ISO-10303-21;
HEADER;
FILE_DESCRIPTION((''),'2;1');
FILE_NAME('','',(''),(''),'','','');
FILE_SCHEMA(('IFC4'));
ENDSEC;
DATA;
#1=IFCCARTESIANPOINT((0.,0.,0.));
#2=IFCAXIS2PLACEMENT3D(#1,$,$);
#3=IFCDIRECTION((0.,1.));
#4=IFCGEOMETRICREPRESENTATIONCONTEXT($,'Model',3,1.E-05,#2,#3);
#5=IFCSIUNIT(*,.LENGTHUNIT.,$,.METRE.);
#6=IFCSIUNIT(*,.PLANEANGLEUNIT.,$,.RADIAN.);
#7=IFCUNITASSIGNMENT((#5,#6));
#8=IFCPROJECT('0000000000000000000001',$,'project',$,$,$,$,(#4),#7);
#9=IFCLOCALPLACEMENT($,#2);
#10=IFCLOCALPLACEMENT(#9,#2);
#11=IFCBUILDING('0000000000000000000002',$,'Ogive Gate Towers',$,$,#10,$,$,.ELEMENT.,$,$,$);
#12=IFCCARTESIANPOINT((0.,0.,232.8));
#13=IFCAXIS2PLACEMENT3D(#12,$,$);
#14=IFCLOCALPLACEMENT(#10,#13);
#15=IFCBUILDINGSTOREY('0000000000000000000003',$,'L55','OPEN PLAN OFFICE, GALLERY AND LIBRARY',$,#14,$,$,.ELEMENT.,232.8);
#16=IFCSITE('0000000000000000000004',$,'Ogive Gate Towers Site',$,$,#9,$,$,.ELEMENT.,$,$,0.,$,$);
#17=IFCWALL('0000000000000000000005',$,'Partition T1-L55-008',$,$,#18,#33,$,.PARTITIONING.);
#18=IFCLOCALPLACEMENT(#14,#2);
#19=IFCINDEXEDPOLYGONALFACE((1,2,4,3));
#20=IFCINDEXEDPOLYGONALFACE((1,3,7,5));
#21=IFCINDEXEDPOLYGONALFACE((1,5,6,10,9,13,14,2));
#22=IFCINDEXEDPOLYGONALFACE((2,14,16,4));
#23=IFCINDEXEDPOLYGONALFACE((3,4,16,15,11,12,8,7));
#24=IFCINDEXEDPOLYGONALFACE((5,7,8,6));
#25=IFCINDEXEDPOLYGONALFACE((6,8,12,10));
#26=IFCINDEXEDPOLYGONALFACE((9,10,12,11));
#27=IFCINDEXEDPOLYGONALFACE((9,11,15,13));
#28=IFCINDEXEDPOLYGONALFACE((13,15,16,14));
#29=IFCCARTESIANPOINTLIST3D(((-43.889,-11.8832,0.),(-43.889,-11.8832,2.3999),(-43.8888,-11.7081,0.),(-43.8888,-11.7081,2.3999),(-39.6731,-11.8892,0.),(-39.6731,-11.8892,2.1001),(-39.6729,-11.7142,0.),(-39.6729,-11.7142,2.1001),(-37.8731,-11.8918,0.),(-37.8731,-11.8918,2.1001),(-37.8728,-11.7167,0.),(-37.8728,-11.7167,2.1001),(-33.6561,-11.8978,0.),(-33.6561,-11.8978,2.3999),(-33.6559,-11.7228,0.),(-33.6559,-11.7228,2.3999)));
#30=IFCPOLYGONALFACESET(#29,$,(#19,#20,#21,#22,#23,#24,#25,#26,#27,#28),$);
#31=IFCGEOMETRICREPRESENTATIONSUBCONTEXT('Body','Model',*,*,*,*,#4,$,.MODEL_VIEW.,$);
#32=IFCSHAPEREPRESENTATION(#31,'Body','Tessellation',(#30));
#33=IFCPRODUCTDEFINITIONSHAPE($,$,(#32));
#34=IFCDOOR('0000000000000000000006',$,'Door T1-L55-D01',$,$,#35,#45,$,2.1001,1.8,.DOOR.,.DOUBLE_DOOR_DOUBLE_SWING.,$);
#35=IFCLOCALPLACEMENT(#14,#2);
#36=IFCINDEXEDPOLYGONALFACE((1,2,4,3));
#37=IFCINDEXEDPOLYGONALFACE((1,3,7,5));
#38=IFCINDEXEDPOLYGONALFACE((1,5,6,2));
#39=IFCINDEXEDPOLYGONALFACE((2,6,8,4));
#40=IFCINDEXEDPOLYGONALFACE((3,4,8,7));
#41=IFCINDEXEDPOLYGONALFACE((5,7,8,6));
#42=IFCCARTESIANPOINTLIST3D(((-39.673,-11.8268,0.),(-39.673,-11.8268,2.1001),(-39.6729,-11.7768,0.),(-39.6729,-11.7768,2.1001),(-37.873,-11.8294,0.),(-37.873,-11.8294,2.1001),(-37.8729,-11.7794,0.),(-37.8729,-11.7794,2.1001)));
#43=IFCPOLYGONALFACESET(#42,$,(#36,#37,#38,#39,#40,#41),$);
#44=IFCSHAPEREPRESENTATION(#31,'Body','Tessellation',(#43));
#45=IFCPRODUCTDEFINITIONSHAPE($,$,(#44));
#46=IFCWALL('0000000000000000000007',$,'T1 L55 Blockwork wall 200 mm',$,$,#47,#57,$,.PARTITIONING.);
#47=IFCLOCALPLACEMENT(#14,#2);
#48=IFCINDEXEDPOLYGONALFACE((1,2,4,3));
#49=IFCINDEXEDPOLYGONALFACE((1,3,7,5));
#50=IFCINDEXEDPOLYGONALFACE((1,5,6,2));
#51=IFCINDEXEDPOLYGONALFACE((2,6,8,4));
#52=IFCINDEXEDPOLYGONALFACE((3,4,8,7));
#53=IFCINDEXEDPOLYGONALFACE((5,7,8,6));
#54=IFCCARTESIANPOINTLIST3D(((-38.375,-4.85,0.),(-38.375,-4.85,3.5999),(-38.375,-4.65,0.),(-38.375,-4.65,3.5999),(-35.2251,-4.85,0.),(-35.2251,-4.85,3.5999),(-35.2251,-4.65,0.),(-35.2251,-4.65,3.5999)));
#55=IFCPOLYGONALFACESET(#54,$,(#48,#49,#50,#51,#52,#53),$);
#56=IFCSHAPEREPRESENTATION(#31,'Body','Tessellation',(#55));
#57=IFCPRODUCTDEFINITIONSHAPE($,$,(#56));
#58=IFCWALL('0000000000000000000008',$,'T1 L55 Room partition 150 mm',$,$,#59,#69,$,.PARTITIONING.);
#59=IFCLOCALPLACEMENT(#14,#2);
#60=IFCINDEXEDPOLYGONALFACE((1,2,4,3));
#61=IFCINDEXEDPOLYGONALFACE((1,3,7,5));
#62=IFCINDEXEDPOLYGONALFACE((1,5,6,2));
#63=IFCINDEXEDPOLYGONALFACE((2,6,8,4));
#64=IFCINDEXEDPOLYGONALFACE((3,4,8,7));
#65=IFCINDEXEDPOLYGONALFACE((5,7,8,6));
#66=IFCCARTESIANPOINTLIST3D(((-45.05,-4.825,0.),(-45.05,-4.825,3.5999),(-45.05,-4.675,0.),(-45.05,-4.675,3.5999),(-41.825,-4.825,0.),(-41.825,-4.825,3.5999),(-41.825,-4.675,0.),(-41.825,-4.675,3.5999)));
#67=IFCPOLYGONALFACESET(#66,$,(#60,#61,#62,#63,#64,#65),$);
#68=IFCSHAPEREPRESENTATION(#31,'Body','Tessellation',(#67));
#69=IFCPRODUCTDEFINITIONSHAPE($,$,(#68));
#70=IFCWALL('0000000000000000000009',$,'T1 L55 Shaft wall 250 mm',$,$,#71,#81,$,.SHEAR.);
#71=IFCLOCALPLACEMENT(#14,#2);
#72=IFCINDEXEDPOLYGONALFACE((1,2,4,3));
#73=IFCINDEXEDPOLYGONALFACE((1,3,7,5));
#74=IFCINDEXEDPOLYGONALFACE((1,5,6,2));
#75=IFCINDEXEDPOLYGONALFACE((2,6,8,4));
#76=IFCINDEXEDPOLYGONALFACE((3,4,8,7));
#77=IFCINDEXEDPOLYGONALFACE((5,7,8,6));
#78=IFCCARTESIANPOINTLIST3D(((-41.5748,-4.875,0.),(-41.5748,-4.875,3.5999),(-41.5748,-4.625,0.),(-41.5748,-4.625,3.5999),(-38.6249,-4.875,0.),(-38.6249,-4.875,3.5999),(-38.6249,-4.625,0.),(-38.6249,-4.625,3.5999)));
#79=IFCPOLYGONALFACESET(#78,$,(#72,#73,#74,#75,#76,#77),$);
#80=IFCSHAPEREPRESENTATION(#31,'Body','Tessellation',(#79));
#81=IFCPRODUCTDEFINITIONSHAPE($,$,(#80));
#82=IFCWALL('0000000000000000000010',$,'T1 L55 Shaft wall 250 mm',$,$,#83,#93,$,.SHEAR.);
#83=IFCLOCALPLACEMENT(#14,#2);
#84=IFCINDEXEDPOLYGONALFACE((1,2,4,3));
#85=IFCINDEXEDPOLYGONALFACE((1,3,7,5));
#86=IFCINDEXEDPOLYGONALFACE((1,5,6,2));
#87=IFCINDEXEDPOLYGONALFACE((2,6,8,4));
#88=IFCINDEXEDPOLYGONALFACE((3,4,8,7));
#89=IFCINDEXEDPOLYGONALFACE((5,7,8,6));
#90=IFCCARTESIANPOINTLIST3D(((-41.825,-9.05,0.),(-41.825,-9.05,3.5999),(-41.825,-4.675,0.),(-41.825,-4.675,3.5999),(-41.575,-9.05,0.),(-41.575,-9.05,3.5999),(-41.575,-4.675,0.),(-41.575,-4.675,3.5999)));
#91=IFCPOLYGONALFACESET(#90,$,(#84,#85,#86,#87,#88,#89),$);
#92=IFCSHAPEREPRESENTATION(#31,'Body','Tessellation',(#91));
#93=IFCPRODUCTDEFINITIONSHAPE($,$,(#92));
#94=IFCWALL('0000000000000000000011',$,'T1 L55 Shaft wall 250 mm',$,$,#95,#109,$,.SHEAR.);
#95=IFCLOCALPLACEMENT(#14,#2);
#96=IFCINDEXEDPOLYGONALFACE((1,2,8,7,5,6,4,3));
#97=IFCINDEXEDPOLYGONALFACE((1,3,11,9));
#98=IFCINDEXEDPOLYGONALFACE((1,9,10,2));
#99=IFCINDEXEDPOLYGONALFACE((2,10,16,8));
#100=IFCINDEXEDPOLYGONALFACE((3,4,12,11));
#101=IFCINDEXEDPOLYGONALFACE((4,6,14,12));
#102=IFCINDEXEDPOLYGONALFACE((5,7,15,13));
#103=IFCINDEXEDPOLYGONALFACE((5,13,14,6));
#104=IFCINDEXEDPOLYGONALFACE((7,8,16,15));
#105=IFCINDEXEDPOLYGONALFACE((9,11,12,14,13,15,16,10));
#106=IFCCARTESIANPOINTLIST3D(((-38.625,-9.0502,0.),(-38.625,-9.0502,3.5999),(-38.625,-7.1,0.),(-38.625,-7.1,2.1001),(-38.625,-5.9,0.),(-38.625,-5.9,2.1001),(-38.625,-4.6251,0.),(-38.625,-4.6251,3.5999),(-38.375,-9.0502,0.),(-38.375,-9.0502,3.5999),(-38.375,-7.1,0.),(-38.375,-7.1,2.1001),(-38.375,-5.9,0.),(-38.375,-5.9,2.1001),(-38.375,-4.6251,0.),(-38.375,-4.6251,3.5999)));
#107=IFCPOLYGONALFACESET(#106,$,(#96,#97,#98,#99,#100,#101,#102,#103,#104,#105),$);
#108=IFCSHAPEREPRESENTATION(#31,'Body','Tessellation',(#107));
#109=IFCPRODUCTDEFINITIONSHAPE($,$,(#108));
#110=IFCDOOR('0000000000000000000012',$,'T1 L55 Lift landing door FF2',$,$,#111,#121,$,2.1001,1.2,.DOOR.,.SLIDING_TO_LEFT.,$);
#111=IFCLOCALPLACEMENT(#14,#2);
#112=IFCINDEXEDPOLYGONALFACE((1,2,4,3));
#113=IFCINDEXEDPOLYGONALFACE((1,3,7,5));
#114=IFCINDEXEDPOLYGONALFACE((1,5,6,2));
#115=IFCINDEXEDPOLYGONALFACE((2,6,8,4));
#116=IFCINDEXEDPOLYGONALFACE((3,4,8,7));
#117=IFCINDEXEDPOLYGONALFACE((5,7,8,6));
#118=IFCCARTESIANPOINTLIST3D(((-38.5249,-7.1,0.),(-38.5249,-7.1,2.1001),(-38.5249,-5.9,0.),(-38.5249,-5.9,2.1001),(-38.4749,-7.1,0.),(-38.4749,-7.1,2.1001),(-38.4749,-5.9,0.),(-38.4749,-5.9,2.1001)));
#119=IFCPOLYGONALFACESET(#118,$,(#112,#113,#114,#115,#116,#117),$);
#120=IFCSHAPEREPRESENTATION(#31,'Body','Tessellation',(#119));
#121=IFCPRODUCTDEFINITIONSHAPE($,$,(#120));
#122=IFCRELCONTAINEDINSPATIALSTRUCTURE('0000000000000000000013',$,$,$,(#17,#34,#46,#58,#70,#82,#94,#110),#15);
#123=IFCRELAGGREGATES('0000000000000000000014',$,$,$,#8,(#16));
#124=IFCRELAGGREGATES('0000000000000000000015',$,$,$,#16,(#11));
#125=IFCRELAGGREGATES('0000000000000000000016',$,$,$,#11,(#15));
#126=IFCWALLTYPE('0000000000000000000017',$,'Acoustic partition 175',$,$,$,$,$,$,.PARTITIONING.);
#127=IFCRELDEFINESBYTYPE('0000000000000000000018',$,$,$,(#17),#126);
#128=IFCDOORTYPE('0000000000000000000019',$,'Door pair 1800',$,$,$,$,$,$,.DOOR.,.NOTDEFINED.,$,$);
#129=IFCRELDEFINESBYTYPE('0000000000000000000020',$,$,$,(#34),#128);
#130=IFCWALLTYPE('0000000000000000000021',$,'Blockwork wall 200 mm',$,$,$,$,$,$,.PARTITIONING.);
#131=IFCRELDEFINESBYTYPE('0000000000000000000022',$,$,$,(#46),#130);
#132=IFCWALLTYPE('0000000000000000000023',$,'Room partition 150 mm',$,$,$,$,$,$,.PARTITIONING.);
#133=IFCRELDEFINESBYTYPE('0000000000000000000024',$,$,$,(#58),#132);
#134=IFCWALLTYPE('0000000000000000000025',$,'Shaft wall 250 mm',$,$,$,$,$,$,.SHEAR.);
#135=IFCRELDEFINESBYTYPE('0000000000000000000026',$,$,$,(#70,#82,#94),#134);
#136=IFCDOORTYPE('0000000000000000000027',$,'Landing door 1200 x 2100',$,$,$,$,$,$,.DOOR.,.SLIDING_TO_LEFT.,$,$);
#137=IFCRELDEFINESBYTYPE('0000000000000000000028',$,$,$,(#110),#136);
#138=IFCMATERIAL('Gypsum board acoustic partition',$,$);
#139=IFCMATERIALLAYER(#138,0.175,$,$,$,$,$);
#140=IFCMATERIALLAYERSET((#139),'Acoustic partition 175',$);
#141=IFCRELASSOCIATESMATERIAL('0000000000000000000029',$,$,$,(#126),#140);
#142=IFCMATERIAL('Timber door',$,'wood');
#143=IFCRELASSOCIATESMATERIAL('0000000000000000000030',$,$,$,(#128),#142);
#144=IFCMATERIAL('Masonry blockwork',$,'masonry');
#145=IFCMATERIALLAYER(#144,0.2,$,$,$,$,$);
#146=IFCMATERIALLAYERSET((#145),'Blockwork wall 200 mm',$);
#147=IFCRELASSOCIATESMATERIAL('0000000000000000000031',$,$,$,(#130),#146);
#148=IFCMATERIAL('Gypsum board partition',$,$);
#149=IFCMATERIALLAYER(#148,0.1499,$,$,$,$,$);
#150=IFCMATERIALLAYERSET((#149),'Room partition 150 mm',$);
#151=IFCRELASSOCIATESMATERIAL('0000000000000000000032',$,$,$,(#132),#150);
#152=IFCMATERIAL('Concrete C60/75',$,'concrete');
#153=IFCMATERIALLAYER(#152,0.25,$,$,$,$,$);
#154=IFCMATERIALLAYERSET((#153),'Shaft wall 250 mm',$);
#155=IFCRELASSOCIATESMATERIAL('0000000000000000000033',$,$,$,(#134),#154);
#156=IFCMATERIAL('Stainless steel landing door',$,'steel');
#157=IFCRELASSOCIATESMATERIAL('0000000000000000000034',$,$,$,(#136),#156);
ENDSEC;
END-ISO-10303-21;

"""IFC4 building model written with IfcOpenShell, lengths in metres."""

from ifc_helpers import new_model, si_unit, direction, frame, frame_2d, origin, place, context, subcontext, project, spatial, rectangle, extrude, material, layer, layer_set, type_object, element, fill, save


model = new_model("IFC4")

# Units and contexts
model_context = context("Model", 3, precision=1e-05, world=origin(), true_north=direction((0.0, 1.0)))
body_context = subcontext(model_context, "Body", "Model", "MODEL_VIEW")
ifc_project = project(units=[si_unit("LENGTHUNIT", "METRE"), si_unit("PLANEANGLEUNIT", "RADIAN")], contexts=[model_context])

# Site, building, storey
site_placement = place(None, origin())
site = spatial("IfcSite", under=ifc_project, at=site_placement, Name="Ogive Gate Towers Site", CompositionType="ELEMENT", RefElevation=0.0)
building_placement = place(site_placement, origin())
building = spatial("IfcBuilding", under=site, at=building_placement, Name="Ogive Gate Towers", CompositionType="ELEMENT")
storey_placement = place(building_placement, frame((0.0, 0.0, 232.8)))
storey = spatial("IfcBuildingStorey", under=building, at=storey_placement, Name="L55", Description="OPEN PLAN OFFICE, GALLERY AND LIBRARY", CompositionType="ELEMENT", Elevation=232.8)

# Wall, opening, door
ifc_material_1 = material(Name="Gypsum board acoustic partition")
ifc_layer_1 = layer(ifc_material_1, 0.175)
ifc_layer_set_1 = layer_set([ifc_layer_1], Name="Acoustic partition 175")
wall_type_1 = type_object("IfcWallType", Name="Acoustic partition 175", PredefinedType="PARTITIONING", material=ifc_layer_set_1)
wall_1_placement = place(storey_placement, frame((-43.8889, -11.7957, 0.0), z_axis=(0.0, 0.0, 1.0), x_axis=(0.999999, -0.001432, 0.0)))
wall_1 = element("IfcWall", 1, at=wall_1_placement, inside=storey, type_object=wall_type_1, Name="Partition T1-L55-008", PredefinedType="PARTITIONING", context=body_context, shape_type="SweptSolid", body=[
    extrude(rectangle(XDim=10.2329, YDim=0.175, at=frame_2d((5.1165, 0.0))), origin(), (0.0, 0.0, 1.0), 2.3999),
])
opening_1_placement = place(wall_1_placement, frame((4.2161, 0.0, 0.0)))
opening_1 = element("IfcOpeningElement", 2, at=opening_1_placement, cuts=wall_1, PredefinedType="OPENING", context=body_context, shape_type="SweptSolid", body=[
    extrude(rectangle(XDim=1.8, YDim=2.1001, at=frame_2d((0.8999, 1.05))), frame((0.0, 0.0977, 0.0), z_axis=(0.0, -1.0, 0.0), x_axis=(1.0, 0.0, 0.0)), (0.0, 0.0, 1.0), 0.1951),
])
ifc_material_2 = material(Name="Timber door", Category="wood")
door_type_1 = type_object("IfcDoorType", Name="Door pair 1800", OperationType="NOTDEFINED", PredefinedType="DOOR", material=ifc_material_2)
door_1_placement = place(opening_1_placement, origin())
door_1 = element("IfcDoor", 3, at=door_1_placement, inside=storey, type_object=door_type_1, Name="Door T1-L55-D01", OperationType="DOUBLE_DOOR_DOUBLE_SWING", OverallHeight=2.1001, OverallWidth=1.8, PredefinedType="DOOR", context=body_context, shape_type="SweptSolid", body=[
    extrude(rectangle(XDim=1.8, YDim=2.1001, at=frame_2d((0.8999, 1.05))), frame((0.0, 0.0249, 0.0), z_axis=(0.0, -1.0, 0.0), x_axis=(1.0, 0.0, 0.0)), (0.0, 0.0, 1.0), 0.05),
])
fill(opening_1, door_1)

# Walls
ifc_material_3 = material(Name="Masonry blockwork", Category="masonry")
ifc_layer_2 = layer(ifc_material_3, 0.2)
ifc_layer_set_2 = layer_set([ifc_layer_2], Name="Blockwork wall 200 mm")
wall_type_2 = type_object("IfcWallType", Name="Blockwork wall 200 mm", PredefinedType="PARTITIONING", material=ifc_layer_set_2)
wall_2_placement = place(storey_placement, frame((-38.375, -4.75, 0.0), z_axis=(0.0, 0.0, 1.0), x_axis=(1.0, 0.0, 0.0)))
element("IfcWall", 4, at=wall_2_placement, inside=storey, type_object=wall_type_2, Name="T1 L55 Blockwork wall 200 mm", PredefinedType="PARTITIONING", context=body_context, shape_type="SweptSolid", body=[
    extrude(rectangle(XDim=3.1499, YDim=0.2, at=frame_2d((1.575, 0.0))), origin(), (0.0, 0.0, 1.0), 3.5999),
])
ifc_material_4 = material(Name="Gypsum board partition")
ifc_layer_3 = layer(ifc_material_4, 0.1499)
ifc_layer_set_3 = layer_set([ifc_layer_3], Name="Room partition 150 mm")
wall_type_3 = type_object("IfcWallType", Name="Room partition 150 mm", PredefinedType="PARTITIONING", material=ifc_layer_set_3)
wall_3_placement = place(storey_placement, frame((-45.05, -4.75, 0.0), z_axis=(0.0, 0.0, 1.0), x_axis=(1.0, 0.0, 0.0)))
element("IfcWall", 5, at=wall_3_placement, inside=storey, type_object=wall_type_3, Name="T1 L55 Room partition 150 mm", PredefinedType="PARTITIONING", context=body_context, shape_type="SweptSolid", body=[
    extrude(rectangle(XDim=3.2251, YDim=0.1499, at=frame_2d((1.6125, 0.0))), origin(), (0.0, 0.0, 1.0), 3.5999),
])
ifc_material_5 = material(Name="Concrete C60/75", Category="concrete")
ifc_layer_4 = layer(ifc_material_5, 0.25)
ifc_layer_set_4 = layer_set([ifc_layer_4], Name="Shaft wall 250 mm")
wall_type_4 = type_object("IfcWallType", Name="Shaft wall 250 mm", PredefinedType="SHEAR", material=ifc_layer_set_4)
wall_4_placement = place(storey_placement, frame((-41.575, -4.75, 0.0), z_axis=(0.0, 0.0, 1.0), x_axis=(1.0, 0.0, 0.0)))
element("IfcWall", 6, at=wall_4_placement, inside=storey, type_object=wall_type_4, Name="T1 L55 Shaft wall 250 mm", PredefinedType="SHEAR", context=body_context, shape_type="SweptSolid", body=[
    extrude(rectangle(XDim=2.95, YDim=0.25, at=frame_2d((1.4751, 0.0))), origin(), (0.0, 0.0, 1.0), 3.5999),
])
wall_5_placement = place(storey_placement, frame((-41.7, -9.05, 0.0), z_axis=(0.0, 0.0, 1.0), x_axis=(0.0, 1.0, 0.0)))
element("IfcWall", 7, at=wall_5_placement, inside=storey, type_object=wall_type_4, Name="T1 L55 Shaft wall 250 mm", PredefinedType="SHEAR", context=body_context, shape_type="SweptSolid", body=[
    extrude(rectangle(XDim=4.375, YDim=0.25, at=frame_2d((2.1875, 0.0))), origin(), (0.0, 0.0, 1.0), 3.5999),
])

# Wall, opening, door
wall_6_placement = place(storey_placement, frame((-38.5, -9.05, 0.0), z_axis=(0.0, 0.0, 1.0), x_axis=(0.0, 1.0, 0.0)))
wall_6 = element("IfcWall", 8, at=wall_6_placement, inside=storey, type_object=wall_type_4, Name="T1 L55 Shaft wall 250 mm", PredefinedType="SHEAR", context=body_context, shape_type="SweptSolid", body=[
    extrude(rectangle(XDim=4.425, YDim=0.25, at=frame_2d((2.2124, 0.0))), origin(), (0.0, 0.0, 1.0), 3.5999),
])
opening_2_placement = place(wall_6_placement, frame((1.95, 0.0, 0.0)))
opening_2 = element("IfcOpeningElement", 9, at=opening_2_placement, cuts=wall_6, PredefinedType="OPENING", context=body_context, shape_type="SweptSolid", body=[
    extrude(rectangle(XDim=1.2, YDim=2.1001, at=frame_2d((0.6001, 1.05))), frame((0.0, 0.135, 0.0), z_axis=(0.0, -1.0, 0.0), x_axis=(1.0, 0.0, 0.0)), (0.0, 0.0, 1.0), 0.27),
])
ifc_material_6 = material(Name="Stainless steel landing door", Category="steel")
door_type_2 = type_object("IfcDoorType", Name="Landing door 1200 x 2100", OperationType="SLIDING_TO_LEFT", PredefinedType="DOOR", material=ifc_material_6)
door_2_placement = place(opening_2_placement, origin())
door_2 = element("IfcDoor", 10, at=door_2_placement, inside=storey, type_object=door_type_2, Name="T1 L55 Lift landing door FF2", OperationType="SLIDING_TO_LEFT", OverallHeight=2.1001, OverallWidth=1.2, PredefinedType="DOOR", context=body_context, shape_type="SweptSolid", body=[
    extrude(rectangle(XDim=1.2, YDim=2.1001, at=frame_2d((0.6001, 1.05))), frame((0.0, 0.0249, 0.0), z_axis=(0.0, -1.0, 0.0), x_axis=(1.0, 0.0, 0.0)), (0.0, 0.0, 1.0), 0.05),
])
fill(opening_2, door_2)

save(model, "model.ifc")
